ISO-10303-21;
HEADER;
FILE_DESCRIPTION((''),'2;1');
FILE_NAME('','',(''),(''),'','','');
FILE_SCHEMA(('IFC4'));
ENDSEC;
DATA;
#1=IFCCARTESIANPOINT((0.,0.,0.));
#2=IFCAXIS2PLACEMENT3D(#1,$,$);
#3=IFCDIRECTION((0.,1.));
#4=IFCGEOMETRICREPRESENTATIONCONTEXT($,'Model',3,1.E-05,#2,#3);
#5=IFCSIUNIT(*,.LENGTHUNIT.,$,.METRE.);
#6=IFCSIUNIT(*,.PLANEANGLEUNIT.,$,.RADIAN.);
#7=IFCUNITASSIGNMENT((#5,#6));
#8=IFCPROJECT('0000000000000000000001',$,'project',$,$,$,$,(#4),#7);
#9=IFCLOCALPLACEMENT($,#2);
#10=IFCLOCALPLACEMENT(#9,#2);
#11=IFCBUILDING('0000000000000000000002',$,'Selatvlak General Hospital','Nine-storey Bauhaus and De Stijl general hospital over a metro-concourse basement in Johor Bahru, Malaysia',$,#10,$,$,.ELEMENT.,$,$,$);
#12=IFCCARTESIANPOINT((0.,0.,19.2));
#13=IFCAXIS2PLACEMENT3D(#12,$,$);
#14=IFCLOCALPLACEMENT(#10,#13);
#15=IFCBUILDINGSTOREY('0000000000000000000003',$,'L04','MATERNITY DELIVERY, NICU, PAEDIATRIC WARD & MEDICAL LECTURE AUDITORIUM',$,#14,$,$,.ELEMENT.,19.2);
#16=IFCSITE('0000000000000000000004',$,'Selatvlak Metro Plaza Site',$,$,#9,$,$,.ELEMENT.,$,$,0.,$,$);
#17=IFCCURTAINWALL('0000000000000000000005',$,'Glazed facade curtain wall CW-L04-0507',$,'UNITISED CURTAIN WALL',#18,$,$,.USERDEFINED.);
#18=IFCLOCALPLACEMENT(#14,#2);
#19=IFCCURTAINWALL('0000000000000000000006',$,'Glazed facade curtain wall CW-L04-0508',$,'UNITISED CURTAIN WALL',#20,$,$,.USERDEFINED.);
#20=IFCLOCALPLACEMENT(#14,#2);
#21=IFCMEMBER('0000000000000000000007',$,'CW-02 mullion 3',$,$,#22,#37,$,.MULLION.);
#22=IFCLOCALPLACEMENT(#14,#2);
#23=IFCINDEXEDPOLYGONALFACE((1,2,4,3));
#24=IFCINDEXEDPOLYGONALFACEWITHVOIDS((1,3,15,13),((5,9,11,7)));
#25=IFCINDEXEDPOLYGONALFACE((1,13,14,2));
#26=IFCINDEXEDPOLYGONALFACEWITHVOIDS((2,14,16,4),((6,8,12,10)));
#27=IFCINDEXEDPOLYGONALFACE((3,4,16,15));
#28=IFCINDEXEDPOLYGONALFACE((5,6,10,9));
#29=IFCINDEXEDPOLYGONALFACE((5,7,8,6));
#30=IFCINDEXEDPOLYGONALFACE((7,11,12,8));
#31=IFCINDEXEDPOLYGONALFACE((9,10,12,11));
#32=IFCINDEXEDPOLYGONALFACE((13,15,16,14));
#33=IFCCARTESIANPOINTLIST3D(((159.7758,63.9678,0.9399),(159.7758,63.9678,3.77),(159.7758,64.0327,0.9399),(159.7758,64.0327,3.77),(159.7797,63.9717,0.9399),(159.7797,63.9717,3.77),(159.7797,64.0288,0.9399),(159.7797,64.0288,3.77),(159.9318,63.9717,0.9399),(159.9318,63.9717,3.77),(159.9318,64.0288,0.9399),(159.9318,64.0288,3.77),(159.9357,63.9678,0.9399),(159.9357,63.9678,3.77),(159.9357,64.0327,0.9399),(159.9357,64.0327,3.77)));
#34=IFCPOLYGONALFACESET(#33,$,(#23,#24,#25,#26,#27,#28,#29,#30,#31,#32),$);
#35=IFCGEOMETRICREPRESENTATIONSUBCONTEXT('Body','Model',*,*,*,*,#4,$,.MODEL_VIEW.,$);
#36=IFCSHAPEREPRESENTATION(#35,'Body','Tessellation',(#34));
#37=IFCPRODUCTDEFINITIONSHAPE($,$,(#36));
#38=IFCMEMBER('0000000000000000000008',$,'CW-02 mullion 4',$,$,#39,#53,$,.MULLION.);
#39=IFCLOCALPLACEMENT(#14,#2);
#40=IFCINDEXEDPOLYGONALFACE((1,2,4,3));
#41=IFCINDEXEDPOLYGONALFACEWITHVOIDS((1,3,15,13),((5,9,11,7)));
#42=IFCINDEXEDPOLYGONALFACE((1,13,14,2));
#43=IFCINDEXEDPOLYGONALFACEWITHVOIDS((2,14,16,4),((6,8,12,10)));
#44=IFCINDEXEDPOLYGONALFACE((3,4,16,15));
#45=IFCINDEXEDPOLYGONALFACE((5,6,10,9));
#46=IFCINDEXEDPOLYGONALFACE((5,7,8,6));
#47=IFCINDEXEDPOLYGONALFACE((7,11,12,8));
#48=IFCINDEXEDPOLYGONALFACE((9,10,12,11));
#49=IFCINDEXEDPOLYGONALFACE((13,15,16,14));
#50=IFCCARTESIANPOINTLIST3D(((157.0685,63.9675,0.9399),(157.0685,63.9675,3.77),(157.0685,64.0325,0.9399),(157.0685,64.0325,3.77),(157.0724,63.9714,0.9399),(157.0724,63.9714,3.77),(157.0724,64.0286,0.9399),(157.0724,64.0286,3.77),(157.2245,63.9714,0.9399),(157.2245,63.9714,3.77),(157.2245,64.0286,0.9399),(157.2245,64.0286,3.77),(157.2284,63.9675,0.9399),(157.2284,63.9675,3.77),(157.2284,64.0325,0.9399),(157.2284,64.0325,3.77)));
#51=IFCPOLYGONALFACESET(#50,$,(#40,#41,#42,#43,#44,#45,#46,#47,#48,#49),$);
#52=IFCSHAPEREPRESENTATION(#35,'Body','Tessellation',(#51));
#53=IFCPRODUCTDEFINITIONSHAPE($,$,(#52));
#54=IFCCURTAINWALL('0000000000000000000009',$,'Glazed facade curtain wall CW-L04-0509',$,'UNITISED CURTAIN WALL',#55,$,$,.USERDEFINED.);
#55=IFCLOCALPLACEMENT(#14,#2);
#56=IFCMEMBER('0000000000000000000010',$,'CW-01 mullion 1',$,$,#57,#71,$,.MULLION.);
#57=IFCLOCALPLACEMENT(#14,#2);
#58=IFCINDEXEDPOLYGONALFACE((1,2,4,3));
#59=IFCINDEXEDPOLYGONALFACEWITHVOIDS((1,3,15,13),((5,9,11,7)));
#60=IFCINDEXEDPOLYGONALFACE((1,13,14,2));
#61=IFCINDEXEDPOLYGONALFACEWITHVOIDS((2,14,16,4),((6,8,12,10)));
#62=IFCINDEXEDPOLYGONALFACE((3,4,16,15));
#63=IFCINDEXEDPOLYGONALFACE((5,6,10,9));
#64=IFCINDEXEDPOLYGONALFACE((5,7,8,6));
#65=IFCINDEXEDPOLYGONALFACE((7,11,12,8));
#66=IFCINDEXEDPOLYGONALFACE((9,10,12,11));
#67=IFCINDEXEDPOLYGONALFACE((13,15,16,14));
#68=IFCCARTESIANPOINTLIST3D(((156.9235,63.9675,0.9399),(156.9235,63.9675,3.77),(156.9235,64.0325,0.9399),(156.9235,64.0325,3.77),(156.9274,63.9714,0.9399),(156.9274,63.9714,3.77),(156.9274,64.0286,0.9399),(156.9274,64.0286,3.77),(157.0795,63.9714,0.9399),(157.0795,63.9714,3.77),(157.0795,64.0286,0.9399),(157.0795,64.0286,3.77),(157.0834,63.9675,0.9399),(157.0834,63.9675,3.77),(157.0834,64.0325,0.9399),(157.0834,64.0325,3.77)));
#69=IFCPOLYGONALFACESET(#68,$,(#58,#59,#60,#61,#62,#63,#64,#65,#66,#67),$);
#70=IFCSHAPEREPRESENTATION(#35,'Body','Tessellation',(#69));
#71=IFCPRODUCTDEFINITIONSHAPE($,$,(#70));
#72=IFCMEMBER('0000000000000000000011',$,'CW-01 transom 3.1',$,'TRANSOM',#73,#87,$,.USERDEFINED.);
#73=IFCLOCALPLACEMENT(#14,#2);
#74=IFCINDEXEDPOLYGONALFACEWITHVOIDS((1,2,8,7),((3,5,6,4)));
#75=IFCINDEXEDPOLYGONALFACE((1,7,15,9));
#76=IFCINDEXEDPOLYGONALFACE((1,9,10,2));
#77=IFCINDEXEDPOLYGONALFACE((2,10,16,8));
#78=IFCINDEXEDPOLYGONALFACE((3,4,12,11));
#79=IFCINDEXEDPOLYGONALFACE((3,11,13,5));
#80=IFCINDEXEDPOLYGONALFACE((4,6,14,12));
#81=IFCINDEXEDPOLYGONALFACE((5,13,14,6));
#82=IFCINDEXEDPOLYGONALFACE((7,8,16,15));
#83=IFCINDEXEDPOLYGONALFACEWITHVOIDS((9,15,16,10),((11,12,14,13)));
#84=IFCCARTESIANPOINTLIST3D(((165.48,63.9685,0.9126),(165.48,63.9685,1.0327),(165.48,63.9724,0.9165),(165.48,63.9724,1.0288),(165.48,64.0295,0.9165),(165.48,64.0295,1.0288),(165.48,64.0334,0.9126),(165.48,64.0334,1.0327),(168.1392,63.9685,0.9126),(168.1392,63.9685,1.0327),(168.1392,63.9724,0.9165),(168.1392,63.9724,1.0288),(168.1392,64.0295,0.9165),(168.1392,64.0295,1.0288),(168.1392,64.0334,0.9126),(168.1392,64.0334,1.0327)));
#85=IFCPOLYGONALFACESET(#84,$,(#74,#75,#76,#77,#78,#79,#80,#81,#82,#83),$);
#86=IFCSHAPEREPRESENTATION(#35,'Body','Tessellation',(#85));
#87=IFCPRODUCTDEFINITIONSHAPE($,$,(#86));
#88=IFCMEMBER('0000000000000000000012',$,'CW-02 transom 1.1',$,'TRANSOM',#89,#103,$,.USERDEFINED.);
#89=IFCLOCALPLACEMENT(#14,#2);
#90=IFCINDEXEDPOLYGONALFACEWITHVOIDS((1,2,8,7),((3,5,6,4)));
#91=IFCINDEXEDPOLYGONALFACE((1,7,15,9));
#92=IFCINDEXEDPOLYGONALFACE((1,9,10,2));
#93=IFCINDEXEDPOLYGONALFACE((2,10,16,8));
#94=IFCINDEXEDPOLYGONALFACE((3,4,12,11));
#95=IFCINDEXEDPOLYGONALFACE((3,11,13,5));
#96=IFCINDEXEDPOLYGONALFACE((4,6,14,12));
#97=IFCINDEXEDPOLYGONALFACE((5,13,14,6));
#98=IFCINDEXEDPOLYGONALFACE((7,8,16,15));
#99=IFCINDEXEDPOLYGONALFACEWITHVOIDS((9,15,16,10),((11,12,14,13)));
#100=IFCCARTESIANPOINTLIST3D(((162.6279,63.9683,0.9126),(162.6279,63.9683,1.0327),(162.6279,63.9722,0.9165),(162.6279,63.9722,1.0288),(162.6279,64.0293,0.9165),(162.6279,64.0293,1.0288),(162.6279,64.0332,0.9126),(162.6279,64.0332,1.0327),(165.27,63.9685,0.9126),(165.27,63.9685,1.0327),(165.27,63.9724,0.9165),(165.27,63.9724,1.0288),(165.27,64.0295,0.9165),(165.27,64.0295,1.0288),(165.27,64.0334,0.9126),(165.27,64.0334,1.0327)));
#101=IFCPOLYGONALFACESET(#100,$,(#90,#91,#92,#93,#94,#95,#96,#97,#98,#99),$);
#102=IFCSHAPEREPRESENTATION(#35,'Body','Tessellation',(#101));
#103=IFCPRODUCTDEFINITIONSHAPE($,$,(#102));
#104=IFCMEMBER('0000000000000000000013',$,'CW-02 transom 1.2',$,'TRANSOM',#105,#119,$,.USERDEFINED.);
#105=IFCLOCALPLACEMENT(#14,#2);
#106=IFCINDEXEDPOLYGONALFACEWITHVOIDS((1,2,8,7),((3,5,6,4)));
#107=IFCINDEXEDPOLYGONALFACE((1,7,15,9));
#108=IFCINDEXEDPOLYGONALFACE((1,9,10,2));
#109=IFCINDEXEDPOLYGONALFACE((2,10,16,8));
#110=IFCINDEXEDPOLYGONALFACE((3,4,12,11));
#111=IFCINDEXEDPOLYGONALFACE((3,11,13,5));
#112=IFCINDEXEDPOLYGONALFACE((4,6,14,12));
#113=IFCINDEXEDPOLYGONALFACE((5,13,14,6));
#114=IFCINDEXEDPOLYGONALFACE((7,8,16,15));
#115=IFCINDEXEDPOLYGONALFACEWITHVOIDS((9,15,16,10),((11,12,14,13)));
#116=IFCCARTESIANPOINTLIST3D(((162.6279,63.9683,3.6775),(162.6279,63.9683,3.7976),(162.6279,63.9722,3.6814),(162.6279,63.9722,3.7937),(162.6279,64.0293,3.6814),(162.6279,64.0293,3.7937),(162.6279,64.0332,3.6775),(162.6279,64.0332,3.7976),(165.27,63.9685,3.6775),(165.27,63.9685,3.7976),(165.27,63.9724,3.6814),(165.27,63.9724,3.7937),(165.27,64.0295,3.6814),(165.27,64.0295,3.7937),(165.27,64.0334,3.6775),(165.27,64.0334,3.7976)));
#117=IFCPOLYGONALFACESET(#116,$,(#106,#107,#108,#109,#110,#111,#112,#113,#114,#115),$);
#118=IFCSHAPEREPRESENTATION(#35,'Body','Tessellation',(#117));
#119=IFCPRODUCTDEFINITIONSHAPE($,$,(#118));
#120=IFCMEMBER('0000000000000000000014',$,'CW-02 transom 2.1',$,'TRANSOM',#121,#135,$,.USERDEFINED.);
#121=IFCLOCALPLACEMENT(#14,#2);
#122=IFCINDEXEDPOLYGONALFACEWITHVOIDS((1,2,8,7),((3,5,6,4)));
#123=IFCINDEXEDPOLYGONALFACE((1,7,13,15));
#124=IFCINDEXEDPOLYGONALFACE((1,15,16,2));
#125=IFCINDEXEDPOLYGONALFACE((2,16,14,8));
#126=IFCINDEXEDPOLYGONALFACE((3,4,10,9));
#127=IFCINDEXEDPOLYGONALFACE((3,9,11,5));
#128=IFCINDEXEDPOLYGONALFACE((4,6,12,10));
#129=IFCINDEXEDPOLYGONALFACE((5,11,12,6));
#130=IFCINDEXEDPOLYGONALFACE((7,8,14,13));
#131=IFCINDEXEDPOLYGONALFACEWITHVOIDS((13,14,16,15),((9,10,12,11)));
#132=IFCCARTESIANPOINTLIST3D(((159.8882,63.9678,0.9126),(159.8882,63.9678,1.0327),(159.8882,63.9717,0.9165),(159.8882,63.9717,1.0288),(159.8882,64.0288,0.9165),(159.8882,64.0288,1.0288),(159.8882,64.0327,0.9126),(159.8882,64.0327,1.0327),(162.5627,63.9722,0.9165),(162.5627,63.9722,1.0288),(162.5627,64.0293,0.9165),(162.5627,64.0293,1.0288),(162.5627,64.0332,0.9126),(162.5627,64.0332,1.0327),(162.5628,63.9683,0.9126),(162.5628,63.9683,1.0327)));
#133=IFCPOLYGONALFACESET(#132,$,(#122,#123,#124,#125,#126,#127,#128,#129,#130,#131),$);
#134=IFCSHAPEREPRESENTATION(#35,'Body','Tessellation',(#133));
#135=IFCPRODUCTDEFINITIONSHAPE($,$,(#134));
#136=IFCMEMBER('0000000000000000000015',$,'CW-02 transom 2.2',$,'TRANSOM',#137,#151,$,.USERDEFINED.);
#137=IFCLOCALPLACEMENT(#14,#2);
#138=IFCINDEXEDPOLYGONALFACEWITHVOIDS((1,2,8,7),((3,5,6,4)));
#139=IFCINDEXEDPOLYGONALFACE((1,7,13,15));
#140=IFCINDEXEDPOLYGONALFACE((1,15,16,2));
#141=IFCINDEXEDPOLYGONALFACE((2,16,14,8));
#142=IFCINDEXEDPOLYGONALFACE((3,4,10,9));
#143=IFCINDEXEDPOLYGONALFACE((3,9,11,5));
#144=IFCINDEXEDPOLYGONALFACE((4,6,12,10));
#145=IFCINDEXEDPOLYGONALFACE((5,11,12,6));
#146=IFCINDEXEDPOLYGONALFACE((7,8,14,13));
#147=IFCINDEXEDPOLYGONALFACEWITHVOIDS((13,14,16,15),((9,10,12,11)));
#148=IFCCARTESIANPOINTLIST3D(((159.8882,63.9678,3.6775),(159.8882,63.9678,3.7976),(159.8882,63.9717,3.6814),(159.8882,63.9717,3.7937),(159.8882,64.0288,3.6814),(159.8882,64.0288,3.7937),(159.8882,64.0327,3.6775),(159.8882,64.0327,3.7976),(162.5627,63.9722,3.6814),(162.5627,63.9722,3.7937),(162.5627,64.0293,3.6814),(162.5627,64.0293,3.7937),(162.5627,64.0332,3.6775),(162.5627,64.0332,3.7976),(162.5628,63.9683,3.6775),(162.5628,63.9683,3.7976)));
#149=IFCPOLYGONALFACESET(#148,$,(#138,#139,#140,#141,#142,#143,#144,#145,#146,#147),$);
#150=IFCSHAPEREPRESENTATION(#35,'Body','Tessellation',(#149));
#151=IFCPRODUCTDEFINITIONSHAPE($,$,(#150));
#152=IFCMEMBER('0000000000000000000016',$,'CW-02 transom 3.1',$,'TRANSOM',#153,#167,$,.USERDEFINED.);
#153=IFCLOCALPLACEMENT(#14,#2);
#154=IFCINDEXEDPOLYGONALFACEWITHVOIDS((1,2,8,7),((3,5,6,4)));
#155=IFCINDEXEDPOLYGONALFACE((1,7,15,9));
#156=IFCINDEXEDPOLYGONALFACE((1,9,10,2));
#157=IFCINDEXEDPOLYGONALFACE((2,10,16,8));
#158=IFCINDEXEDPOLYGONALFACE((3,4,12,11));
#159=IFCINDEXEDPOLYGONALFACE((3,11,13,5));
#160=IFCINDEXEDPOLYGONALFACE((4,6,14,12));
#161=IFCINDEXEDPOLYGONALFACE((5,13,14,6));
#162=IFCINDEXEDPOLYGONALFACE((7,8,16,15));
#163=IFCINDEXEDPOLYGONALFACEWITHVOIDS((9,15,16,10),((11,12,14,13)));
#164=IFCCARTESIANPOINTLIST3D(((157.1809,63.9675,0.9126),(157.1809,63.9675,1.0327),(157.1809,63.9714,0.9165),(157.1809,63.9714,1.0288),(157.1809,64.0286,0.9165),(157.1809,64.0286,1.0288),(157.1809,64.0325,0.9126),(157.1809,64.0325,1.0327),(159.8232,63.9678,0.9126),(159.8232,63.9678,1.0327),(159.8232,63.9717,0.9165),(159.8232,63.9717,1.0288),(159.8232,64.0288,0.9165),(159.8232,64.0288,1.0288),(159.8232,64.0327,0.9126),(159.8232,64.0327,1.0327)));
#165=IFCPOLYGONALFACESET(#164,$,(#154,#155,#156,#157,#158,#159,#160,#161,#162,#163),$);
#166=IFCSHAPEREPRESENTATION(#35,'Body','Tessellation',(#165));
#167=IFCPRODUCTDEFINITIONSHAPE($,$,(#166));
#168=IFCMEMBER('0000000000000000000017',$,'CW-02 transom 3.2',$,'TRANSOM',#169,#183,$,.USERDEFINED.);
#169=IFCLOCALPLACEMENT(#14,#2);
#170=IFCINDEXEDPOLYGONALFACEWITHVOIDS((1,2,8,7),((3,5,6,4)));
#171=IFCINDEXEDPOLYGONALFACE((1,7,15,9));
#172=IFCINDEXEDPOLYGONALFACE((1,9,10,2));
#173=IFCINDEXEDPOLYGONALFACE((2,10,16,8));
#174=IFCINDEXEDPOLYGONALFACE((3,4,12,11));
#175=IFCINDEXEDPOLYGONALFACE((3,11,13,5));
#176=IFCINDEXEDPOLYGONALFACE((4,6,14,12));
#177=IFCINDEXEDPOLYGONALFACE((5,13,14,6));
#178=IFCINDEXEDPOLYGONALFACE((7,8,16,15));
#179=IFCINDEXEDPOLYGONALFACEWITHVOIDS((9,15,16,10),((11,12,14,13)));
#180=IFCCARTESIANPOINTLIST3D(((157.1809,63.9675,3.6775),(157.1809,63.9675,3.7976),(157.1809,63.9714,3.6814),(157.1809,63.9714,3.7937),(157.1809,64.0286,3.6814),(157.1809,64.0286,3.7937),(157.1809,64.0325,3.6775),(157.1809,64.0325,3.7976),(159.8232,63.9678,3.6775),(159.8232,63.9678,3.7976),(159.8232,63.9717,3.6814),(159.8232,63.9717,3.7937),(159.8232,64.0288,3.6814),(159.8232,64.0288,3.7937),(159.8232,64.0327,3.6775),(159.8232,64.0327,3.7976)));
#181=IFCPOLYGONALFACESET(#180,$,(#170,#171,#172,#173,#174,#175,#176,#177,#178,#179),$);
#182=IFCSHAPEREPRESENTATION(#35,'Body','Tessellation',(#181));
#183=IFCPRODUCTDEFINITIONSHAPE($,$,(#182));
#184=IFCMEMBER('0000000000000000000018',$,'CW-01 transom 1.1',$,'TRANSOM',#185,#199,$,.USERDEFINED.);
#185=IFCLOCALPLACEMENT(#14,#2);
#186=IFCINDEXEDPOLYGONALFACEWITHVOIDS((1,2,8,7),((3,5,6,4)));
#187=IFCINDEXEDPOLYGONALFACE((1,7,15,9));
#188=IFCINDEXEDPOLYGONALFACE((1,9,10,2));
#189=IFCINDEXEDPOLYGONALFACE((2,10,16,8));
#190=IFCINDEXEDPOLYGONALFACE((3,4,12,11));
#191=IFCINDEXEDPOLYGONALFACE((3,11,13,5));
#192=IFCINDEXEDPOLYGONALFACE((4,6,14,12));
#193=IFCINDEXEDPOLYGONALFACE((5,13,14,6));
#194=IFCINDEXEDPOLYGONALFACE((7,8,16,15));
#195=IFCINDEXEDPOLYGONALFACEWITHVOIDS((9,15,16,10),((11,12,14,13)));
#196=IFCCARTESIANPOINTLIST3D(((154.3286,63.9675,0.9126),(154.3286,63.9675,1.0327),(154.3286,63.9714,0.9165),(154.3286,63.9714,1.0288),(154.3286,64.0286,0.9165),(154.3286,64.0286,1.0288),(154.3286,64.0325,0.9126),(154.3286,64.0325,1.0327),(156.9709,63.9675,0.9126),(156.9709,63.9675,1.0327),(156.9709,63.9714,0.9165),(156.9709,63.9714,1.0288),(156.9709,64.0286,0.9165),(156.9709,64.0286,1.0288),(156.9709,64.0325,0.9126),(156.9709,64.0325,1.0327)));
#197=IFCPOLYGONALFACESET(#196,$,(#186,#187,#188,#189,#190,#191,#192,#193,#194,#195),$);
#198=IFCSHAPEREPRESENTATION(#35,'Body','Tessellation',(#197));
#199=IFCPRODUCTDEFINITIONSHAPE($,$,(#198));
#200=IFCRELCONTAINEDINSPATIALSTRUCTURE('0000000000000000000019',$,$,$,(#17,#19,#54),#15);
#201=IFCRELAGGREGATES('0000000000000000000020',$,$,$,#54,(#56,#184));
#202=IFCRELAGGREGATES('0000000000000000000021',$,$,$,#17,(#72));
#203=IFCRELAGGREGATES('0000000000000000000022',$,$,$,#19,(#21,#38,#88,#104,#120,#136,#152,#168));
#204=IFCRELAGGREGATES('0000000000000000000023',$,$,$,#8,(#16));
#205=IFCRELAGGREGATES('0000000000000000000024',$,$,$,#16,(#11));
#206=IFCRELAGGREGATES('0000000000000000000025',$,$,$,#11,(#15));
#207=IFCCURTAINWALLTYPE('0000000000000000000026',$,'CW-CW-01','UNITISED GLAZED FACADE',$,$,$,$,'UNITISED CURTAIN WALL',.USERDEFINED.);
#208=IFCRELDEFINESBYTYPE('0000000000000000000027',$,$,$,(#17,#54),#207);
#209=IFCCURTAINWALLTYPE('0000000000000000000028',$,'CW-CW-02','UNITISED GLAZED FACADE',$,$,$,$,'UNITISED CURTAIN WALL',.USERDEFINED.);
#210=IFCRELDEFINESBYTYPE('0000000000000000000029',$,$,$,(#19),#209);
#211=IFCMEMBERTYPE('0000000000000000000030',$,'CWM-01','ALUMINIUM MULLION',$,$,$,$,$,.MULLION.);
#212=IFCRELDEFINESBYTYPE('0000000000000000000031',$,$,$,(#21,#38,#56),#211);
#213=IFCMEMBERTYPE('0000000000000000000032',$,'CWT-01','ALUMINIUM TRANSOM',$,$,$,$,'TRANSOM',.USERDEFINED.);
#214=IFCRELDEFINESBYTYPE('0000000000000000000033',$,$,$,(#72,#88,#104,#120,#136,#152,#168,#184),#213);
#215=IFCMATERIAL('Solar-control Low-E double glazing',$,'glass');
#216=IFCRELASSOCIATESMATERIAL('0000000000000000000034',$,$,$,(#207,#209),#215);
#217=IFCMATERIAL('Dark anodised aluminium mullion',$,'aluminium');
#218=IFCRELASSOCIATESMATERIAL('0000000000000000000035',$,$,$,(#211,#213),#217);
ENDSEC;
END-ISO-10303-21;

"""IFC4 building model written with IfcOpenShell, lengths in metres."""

from ifc_helpers import new_model, si_unit, direction, frame, origin, origin_2d, place, context, subcontext, project, spatial, hollow_rectangle, extrude, material, material_profile, profile_set, type_object, element, aggregate, save


model = new_model("IFC4")

# Units and contexts
model_context = context("Model", 3, precision=1e-05, world=origin(), true_north=direction((0.0, 1.0)))
body_context = subcontext(model_context, "Body", "Model", "MODEL_VIEW")
ifc_project = project(units=[si_unit("LENGTHUNIT", "METRE"), si_unit("PLANEANGLEUNIT", "RADIAN")], contexts=[model_context])

# Site, building, storey
site_placement = place(None, origin())
site = spatial("IfcSite", under=ifc_project, at=site_placement, Name="Selatvlak Metro Plaza Site", CompositionType="ELEMENT", RefElevation=0.0)
building_placement = place(site_placement, origin())
building = spatial("IfcBuilding", under=site, at=building_placement, Name="Selatvlak General Hospital", Description="Nine-storey Bauhaus and De Stijl general hospital over a metro-concourse basement in Johor Bahru, Malaysia", CompositionType="ELEMENT")
storey_placement = place(building_placement, frame((0.0, 0.0, 19.2)))
storey = spatial("IfcBuildingStorey", under=building, at=storey_placement, Name="L04", Description="MATERNITY DELIVERY, NICU, PAEDIATRIC WARD & MEDICAL LECTURE AUDITORIUM", CompositionType="ELEMENT", Elevation=19.2)

# Curtain wall
ifc_material_1 = material(Name="Solar-control Low-E double glazing", Category="glass")
curtain_wall_type_1 = type_object("IfcCurtainWallType", Name="CW-CW-01", Description="UNITISED GLAZED FACADE", ElementType="UNITISED CURTAIN WALL", PredefinedType="USERDEFINED", material=ifc_material_1)
curtain_wall_1_placement = place(storey_placement, origin())
curtain_wall_1 = element("IfcCurtainWall", 1, at=curtain_wall_1_placement, inside=storey, type_object=curtain_wall_type_1, Name="Glazed facade curtain wall CW-L04-0507", ObjectType="UNITISED CURTAIN WALL", PredefinedType="USERDEFINED")
ifc_material_2 = material(Name="Dark anodised aluminium mullion", Category="aluminium")
ifc_material_profile_1 = material_profile(ifc_material_2, hollow_rectangle(XDim=0.0649, YDim=0.1599, WallThickness=0.0039, at=origin_2d()), Name="AL-MUL 65x160x4")
ifc_profile_set_1 = profile_set([ifc_material_profile_1], Name="Dark anodised aluminium mullion")
member_type_1 = type_object("IfcMemberType", Name="CWM-01", Description="ALUMINIUM MULLION", PredefinedType="MULLION", material=ifc_profile_set_1)

# Curtain wall, members
curtain_wall_type_2 = type_object("IfcCurtainWallType", Name="CW-CW-02", Description="UNITISED GLAZED FACADE", ElementType="UNITISED CURTAIN WALL", PredefinedType="USERDEFINED", material=ifc_material_1)
curtain_wall_2_placement = place(storey_placement, origin())
curtain_wall_2 = element("IfcCurtainWall", 2, at=curtain_wall_2_placement, inside=storey, type_object=curtain_wall_type_2, Name="Glazed facade curtain wall CW-L04-0508", ObjectType="UNITISED CURTAIN WALL", PredefinedType="USERDEFINED")
member_1_placement = place(storey_placement, frame((159.8557, 64.0002, 0.9399), z_axis=(0.0, 0.0, 1.0), x_axis=(0.000122, -1.0, 0.0)))
member_1 = element("IfcMember", 3, at=member_1_placement, type_object=member_type_1, Name="CW-02 mullion 3", PredefinedType="MULLION", context=body_context, shape_type="SweptSolid", body=[
    extrude(hollow_rectangle(XDim=0.0649, YDim=0.1599, WallThickness=0.0039, at=origin_2d()), origin(), (0.0, 0.0, 1.0), 2.8301),
])
member_2_placement = place(storey_placement, frame((157.1484, 64.0, 0.9399), z_axis=(0.0, 0.0, 1.0), x_axis=(0.000122, -1.0, 0.0)))
member_2 = element("IfcMember", 4, at=member_2_placement, type_object=member_type_1, Name="CW-02 mullion 4", PredefinedType="MULLION", context=body_context, shape_type="SweptSolid", body=[
    extrude(hollow_rectangle(XDim=0.0649, YDim=0.1599, WallThickness=0.0039, at=origin_2d()), origin(), (0.0, 0.0, 1.0), 2.8301),
])

# Curtain wall, member
curtain_wall_3_placement = place(storey_placement, origin())
curtain_wall_3 = element("IfcCurtainWall", 5, at=curtain_wall_3_placement, inside=storey, type_object=curtain_wall_type_1, Name="Glazed facade curtain wall CW-L04-0509", ObjectType="UNITISED CURTAIN WALL", PredefinedType="USERDEFINED")
member_3_placement = place(storey_placement, frame((157.0034, 64.0, 0.9399), z_axis=(0.0, 0.0, 1.0), x_axis=(0.0, -1.0, 0.0)))
member_3 = element("IfcMember", 6, at=member_3_placement, type_object=member_type_1, Name="CW-01 mullion 1", PredefinedType="MULLION", context=body_context, shape_type="SweptSolid", body=[
    extrude(hollow_rectangle(XDim=0.0649, YDim=0.1599, WallThickness=0.0039, at=origin_2d()), origin(), (0.0, 0.0, 1.0), 2.8301),
])

# Members
ifc_material_profile_2 = material_profile(ifc_material_2, hollow_rectangle(XDim=0.0649, YDim=0.1201, WallThickness=0.0039, at=origin_2d()), Name="AL-TRN 65x120x4")
ifc_profile_set_2 = profile_set([ifc_material_profile_2], Name="Dark anodised aluminium mullion")
member_type_2 = type_object("IfcMemberType", Name="CWT-01", Description="ALUMINIUM TRANSOM", ElementType="TRANSOM", PredefinedType="USERDEFINED", material=ifc_profile_set_2)
member_4_placement = place(storey_placement, frame((168.1392, 64.001, 0.9727), z_axis=(-1.0, 0.0, 0.0), x_axis=(0.0, -1.0, 0.0)))
member_4 = element("IfcMember", 7, at=member_4_placement, type_object=member_type_2, Name="CW-01 transom 3.1", ObjectType="TRANSOM", PredefinedType="USERDEFINED", context=body_context, shape_type="SweptSolid", body=[
    extrude(hollow_rectangle(XDim=0.0649, YDim=0.1201, WallThickness=0.0039, at=origin_2d()), origin(), (0.0, 0.0, 1.0), 2.6592),
])
member_5_placement = place(storey_placement, frame((165.27, 64.001, 0.9727), z_axis=(-1.0, -0.000092, 0.0), x_axis=(0.000092, -1.0, 0.0)))
member_5 = element("IfcMember", 8, at=member_5_placement, type_object=member_type_2, Name="CW-02 transom 1.1", ObjectType="TRANSOM", PredefinedType="USERDEFINED", context=body_context, shape_type="SweptSolid", body=[
    extrude(hollow_rectangle(XDim=0.0649, YDim=0.1201, WallThickness=0.0039, at=origin_2d()), origin(), (0.0, 0.0, 1.0), 2.6421),
])
member_6_placement = place(storey_placement, frame((165.27, 64.001, 3.7375), z_axis=(-1.0, -0.000092, 0.0), x_axis=(0.000092, -1.0, 0.0)))
member_6 = element("IfcMember", 9, at=member_6_placement, type_object=member_type_2, Name="CW-02 transom 1.2", ObjectType="TRANSOM", PredefinedType="USERDEFINED", context=body_context, shape_type="SweptSolid", body=[
    extrude(hollow_rectangle(XDim=0.0649, YDim=0.1201, WallThickness=0.0039, at=origin_2d()), origin(), (0.0, 0.0, 1.0), 2.6421),
])
member_7_placement = place(storey_placement, frame((162.5627, 64.0007, 0.9727), z_axis=(-1.0, -0.000183, 0.0), x_axis=(0.000183, -1.0, 0.0)))
member_7 = element("IfcMember", 10, at=member_7_placement, type_object=member_type_2, Name="CW-02 transom 2.1", ObjectType="TRANSOM", PredefinedType="USERDEFINED", context=body_context, shape_type="SweptSolid", body=[
    extrude(hollow_rectangle(XDim=0.0649, YDim=0.1201, WallThickness=0.0039, at=origin_2d()), origin(), (0.0, 0.0, 1.0), 2.6746),
])
member_8_placement = place(storey_placement, frame((162.5627, 64.0007, 3.7375), z_axis=(-1.0, -0.000183, 0.0), x_axis=(0.000183, -1.0, 0.0)))
member_8 = element("IfcMember", 11, at=member_8_placement, type_object=member_type_2, Name="CW-02 transom 2.2", ObjectType="TRANSOM", PredefinedType="USERDEFINED", context=body_context, shape_type="SweptSolid", body=[
    extrude(hollow_rectangle(XDim=0.0649, YDim=0.1201, WallThickness=0.0039, at=origin_2d()), origin(), (0.0, 0.0, 1.0), 2.6746),
])
member_9_placement = place(storey_placement, frame((159.8232, 64.0002, 0.9727), z_axis=(-1.0, -0.000092, 0.0), x_axis=(0.000092, -1.0, 0.0)))
member_9 = element("IfcMember", 12, at=member_9_placement, type_object=member_type_2, Name="CW-02 transom 3.1", ObjectType="TRANSOM", PredefinedType="USERDEFINED", context=body_context, shape_type="SweptSolid", body=[
    extrude(hollow_rectangle(XDim=0.0649, YDim=0.1201, WallThickness=0.0039, at=origin_2d()), origin(), (0.0, 0.0, 1.0), 2.6423),
])
member_10_placement = place(storey_placement, frame((159.8232, 64.0002, 3.7375), z_axis=(-1.0, -0.000092, 0.0), x_axis=(0.000092, -1.0, 0.0)))
member_10 = element("IfcMember", 13, at=member_10_placement, type_object=member_type_2, Name="CW-02 transom 3.2", ObjectType="TRANSOM", PredefinedType="USERDEFINED", context=body_context, shape_type="SweptSolid", body=[
    extrude(hollow_rectangle(XDim=0.0649, YDim=0.1201, WallThickness=0.0039, at=origin_2d()), origin(), (0.0, 0.0, 1.0), 2.6423),
])
member_11_placement = place(storey_placement, frame((156.9709, 64.0, 0.9727), z_axis=(-1.0, 0.0, 0.0), x_axis=(0.0, -1.0, 0.0)))
member_11 = element("IfcMember", 14, at=member_11_placement, type_object=member_type_2, Name="CW-01 transom 1.1", ObjectType="TRANSOM", PredefinedType="USERDEFINED", context=body_context, shape_type="SweptSolid", body=[
    extrude(hollow_rectangle(XDim=0.0649, YDim=0.1201, WallThickness=0.0039, at=origin_2d()), origin(), (0.0, 0.0, 1.0), 2.6423),
])
aggregate(curtain_wall_3, [member_3, member_11])

aggregate(curtain_wall_1, [member_4])
aggregate(curtain_wall_2, [member_1, member_2, member_5, member_6, member_7, member_8, member_9, member_10])

save(model, "model.ifc")
